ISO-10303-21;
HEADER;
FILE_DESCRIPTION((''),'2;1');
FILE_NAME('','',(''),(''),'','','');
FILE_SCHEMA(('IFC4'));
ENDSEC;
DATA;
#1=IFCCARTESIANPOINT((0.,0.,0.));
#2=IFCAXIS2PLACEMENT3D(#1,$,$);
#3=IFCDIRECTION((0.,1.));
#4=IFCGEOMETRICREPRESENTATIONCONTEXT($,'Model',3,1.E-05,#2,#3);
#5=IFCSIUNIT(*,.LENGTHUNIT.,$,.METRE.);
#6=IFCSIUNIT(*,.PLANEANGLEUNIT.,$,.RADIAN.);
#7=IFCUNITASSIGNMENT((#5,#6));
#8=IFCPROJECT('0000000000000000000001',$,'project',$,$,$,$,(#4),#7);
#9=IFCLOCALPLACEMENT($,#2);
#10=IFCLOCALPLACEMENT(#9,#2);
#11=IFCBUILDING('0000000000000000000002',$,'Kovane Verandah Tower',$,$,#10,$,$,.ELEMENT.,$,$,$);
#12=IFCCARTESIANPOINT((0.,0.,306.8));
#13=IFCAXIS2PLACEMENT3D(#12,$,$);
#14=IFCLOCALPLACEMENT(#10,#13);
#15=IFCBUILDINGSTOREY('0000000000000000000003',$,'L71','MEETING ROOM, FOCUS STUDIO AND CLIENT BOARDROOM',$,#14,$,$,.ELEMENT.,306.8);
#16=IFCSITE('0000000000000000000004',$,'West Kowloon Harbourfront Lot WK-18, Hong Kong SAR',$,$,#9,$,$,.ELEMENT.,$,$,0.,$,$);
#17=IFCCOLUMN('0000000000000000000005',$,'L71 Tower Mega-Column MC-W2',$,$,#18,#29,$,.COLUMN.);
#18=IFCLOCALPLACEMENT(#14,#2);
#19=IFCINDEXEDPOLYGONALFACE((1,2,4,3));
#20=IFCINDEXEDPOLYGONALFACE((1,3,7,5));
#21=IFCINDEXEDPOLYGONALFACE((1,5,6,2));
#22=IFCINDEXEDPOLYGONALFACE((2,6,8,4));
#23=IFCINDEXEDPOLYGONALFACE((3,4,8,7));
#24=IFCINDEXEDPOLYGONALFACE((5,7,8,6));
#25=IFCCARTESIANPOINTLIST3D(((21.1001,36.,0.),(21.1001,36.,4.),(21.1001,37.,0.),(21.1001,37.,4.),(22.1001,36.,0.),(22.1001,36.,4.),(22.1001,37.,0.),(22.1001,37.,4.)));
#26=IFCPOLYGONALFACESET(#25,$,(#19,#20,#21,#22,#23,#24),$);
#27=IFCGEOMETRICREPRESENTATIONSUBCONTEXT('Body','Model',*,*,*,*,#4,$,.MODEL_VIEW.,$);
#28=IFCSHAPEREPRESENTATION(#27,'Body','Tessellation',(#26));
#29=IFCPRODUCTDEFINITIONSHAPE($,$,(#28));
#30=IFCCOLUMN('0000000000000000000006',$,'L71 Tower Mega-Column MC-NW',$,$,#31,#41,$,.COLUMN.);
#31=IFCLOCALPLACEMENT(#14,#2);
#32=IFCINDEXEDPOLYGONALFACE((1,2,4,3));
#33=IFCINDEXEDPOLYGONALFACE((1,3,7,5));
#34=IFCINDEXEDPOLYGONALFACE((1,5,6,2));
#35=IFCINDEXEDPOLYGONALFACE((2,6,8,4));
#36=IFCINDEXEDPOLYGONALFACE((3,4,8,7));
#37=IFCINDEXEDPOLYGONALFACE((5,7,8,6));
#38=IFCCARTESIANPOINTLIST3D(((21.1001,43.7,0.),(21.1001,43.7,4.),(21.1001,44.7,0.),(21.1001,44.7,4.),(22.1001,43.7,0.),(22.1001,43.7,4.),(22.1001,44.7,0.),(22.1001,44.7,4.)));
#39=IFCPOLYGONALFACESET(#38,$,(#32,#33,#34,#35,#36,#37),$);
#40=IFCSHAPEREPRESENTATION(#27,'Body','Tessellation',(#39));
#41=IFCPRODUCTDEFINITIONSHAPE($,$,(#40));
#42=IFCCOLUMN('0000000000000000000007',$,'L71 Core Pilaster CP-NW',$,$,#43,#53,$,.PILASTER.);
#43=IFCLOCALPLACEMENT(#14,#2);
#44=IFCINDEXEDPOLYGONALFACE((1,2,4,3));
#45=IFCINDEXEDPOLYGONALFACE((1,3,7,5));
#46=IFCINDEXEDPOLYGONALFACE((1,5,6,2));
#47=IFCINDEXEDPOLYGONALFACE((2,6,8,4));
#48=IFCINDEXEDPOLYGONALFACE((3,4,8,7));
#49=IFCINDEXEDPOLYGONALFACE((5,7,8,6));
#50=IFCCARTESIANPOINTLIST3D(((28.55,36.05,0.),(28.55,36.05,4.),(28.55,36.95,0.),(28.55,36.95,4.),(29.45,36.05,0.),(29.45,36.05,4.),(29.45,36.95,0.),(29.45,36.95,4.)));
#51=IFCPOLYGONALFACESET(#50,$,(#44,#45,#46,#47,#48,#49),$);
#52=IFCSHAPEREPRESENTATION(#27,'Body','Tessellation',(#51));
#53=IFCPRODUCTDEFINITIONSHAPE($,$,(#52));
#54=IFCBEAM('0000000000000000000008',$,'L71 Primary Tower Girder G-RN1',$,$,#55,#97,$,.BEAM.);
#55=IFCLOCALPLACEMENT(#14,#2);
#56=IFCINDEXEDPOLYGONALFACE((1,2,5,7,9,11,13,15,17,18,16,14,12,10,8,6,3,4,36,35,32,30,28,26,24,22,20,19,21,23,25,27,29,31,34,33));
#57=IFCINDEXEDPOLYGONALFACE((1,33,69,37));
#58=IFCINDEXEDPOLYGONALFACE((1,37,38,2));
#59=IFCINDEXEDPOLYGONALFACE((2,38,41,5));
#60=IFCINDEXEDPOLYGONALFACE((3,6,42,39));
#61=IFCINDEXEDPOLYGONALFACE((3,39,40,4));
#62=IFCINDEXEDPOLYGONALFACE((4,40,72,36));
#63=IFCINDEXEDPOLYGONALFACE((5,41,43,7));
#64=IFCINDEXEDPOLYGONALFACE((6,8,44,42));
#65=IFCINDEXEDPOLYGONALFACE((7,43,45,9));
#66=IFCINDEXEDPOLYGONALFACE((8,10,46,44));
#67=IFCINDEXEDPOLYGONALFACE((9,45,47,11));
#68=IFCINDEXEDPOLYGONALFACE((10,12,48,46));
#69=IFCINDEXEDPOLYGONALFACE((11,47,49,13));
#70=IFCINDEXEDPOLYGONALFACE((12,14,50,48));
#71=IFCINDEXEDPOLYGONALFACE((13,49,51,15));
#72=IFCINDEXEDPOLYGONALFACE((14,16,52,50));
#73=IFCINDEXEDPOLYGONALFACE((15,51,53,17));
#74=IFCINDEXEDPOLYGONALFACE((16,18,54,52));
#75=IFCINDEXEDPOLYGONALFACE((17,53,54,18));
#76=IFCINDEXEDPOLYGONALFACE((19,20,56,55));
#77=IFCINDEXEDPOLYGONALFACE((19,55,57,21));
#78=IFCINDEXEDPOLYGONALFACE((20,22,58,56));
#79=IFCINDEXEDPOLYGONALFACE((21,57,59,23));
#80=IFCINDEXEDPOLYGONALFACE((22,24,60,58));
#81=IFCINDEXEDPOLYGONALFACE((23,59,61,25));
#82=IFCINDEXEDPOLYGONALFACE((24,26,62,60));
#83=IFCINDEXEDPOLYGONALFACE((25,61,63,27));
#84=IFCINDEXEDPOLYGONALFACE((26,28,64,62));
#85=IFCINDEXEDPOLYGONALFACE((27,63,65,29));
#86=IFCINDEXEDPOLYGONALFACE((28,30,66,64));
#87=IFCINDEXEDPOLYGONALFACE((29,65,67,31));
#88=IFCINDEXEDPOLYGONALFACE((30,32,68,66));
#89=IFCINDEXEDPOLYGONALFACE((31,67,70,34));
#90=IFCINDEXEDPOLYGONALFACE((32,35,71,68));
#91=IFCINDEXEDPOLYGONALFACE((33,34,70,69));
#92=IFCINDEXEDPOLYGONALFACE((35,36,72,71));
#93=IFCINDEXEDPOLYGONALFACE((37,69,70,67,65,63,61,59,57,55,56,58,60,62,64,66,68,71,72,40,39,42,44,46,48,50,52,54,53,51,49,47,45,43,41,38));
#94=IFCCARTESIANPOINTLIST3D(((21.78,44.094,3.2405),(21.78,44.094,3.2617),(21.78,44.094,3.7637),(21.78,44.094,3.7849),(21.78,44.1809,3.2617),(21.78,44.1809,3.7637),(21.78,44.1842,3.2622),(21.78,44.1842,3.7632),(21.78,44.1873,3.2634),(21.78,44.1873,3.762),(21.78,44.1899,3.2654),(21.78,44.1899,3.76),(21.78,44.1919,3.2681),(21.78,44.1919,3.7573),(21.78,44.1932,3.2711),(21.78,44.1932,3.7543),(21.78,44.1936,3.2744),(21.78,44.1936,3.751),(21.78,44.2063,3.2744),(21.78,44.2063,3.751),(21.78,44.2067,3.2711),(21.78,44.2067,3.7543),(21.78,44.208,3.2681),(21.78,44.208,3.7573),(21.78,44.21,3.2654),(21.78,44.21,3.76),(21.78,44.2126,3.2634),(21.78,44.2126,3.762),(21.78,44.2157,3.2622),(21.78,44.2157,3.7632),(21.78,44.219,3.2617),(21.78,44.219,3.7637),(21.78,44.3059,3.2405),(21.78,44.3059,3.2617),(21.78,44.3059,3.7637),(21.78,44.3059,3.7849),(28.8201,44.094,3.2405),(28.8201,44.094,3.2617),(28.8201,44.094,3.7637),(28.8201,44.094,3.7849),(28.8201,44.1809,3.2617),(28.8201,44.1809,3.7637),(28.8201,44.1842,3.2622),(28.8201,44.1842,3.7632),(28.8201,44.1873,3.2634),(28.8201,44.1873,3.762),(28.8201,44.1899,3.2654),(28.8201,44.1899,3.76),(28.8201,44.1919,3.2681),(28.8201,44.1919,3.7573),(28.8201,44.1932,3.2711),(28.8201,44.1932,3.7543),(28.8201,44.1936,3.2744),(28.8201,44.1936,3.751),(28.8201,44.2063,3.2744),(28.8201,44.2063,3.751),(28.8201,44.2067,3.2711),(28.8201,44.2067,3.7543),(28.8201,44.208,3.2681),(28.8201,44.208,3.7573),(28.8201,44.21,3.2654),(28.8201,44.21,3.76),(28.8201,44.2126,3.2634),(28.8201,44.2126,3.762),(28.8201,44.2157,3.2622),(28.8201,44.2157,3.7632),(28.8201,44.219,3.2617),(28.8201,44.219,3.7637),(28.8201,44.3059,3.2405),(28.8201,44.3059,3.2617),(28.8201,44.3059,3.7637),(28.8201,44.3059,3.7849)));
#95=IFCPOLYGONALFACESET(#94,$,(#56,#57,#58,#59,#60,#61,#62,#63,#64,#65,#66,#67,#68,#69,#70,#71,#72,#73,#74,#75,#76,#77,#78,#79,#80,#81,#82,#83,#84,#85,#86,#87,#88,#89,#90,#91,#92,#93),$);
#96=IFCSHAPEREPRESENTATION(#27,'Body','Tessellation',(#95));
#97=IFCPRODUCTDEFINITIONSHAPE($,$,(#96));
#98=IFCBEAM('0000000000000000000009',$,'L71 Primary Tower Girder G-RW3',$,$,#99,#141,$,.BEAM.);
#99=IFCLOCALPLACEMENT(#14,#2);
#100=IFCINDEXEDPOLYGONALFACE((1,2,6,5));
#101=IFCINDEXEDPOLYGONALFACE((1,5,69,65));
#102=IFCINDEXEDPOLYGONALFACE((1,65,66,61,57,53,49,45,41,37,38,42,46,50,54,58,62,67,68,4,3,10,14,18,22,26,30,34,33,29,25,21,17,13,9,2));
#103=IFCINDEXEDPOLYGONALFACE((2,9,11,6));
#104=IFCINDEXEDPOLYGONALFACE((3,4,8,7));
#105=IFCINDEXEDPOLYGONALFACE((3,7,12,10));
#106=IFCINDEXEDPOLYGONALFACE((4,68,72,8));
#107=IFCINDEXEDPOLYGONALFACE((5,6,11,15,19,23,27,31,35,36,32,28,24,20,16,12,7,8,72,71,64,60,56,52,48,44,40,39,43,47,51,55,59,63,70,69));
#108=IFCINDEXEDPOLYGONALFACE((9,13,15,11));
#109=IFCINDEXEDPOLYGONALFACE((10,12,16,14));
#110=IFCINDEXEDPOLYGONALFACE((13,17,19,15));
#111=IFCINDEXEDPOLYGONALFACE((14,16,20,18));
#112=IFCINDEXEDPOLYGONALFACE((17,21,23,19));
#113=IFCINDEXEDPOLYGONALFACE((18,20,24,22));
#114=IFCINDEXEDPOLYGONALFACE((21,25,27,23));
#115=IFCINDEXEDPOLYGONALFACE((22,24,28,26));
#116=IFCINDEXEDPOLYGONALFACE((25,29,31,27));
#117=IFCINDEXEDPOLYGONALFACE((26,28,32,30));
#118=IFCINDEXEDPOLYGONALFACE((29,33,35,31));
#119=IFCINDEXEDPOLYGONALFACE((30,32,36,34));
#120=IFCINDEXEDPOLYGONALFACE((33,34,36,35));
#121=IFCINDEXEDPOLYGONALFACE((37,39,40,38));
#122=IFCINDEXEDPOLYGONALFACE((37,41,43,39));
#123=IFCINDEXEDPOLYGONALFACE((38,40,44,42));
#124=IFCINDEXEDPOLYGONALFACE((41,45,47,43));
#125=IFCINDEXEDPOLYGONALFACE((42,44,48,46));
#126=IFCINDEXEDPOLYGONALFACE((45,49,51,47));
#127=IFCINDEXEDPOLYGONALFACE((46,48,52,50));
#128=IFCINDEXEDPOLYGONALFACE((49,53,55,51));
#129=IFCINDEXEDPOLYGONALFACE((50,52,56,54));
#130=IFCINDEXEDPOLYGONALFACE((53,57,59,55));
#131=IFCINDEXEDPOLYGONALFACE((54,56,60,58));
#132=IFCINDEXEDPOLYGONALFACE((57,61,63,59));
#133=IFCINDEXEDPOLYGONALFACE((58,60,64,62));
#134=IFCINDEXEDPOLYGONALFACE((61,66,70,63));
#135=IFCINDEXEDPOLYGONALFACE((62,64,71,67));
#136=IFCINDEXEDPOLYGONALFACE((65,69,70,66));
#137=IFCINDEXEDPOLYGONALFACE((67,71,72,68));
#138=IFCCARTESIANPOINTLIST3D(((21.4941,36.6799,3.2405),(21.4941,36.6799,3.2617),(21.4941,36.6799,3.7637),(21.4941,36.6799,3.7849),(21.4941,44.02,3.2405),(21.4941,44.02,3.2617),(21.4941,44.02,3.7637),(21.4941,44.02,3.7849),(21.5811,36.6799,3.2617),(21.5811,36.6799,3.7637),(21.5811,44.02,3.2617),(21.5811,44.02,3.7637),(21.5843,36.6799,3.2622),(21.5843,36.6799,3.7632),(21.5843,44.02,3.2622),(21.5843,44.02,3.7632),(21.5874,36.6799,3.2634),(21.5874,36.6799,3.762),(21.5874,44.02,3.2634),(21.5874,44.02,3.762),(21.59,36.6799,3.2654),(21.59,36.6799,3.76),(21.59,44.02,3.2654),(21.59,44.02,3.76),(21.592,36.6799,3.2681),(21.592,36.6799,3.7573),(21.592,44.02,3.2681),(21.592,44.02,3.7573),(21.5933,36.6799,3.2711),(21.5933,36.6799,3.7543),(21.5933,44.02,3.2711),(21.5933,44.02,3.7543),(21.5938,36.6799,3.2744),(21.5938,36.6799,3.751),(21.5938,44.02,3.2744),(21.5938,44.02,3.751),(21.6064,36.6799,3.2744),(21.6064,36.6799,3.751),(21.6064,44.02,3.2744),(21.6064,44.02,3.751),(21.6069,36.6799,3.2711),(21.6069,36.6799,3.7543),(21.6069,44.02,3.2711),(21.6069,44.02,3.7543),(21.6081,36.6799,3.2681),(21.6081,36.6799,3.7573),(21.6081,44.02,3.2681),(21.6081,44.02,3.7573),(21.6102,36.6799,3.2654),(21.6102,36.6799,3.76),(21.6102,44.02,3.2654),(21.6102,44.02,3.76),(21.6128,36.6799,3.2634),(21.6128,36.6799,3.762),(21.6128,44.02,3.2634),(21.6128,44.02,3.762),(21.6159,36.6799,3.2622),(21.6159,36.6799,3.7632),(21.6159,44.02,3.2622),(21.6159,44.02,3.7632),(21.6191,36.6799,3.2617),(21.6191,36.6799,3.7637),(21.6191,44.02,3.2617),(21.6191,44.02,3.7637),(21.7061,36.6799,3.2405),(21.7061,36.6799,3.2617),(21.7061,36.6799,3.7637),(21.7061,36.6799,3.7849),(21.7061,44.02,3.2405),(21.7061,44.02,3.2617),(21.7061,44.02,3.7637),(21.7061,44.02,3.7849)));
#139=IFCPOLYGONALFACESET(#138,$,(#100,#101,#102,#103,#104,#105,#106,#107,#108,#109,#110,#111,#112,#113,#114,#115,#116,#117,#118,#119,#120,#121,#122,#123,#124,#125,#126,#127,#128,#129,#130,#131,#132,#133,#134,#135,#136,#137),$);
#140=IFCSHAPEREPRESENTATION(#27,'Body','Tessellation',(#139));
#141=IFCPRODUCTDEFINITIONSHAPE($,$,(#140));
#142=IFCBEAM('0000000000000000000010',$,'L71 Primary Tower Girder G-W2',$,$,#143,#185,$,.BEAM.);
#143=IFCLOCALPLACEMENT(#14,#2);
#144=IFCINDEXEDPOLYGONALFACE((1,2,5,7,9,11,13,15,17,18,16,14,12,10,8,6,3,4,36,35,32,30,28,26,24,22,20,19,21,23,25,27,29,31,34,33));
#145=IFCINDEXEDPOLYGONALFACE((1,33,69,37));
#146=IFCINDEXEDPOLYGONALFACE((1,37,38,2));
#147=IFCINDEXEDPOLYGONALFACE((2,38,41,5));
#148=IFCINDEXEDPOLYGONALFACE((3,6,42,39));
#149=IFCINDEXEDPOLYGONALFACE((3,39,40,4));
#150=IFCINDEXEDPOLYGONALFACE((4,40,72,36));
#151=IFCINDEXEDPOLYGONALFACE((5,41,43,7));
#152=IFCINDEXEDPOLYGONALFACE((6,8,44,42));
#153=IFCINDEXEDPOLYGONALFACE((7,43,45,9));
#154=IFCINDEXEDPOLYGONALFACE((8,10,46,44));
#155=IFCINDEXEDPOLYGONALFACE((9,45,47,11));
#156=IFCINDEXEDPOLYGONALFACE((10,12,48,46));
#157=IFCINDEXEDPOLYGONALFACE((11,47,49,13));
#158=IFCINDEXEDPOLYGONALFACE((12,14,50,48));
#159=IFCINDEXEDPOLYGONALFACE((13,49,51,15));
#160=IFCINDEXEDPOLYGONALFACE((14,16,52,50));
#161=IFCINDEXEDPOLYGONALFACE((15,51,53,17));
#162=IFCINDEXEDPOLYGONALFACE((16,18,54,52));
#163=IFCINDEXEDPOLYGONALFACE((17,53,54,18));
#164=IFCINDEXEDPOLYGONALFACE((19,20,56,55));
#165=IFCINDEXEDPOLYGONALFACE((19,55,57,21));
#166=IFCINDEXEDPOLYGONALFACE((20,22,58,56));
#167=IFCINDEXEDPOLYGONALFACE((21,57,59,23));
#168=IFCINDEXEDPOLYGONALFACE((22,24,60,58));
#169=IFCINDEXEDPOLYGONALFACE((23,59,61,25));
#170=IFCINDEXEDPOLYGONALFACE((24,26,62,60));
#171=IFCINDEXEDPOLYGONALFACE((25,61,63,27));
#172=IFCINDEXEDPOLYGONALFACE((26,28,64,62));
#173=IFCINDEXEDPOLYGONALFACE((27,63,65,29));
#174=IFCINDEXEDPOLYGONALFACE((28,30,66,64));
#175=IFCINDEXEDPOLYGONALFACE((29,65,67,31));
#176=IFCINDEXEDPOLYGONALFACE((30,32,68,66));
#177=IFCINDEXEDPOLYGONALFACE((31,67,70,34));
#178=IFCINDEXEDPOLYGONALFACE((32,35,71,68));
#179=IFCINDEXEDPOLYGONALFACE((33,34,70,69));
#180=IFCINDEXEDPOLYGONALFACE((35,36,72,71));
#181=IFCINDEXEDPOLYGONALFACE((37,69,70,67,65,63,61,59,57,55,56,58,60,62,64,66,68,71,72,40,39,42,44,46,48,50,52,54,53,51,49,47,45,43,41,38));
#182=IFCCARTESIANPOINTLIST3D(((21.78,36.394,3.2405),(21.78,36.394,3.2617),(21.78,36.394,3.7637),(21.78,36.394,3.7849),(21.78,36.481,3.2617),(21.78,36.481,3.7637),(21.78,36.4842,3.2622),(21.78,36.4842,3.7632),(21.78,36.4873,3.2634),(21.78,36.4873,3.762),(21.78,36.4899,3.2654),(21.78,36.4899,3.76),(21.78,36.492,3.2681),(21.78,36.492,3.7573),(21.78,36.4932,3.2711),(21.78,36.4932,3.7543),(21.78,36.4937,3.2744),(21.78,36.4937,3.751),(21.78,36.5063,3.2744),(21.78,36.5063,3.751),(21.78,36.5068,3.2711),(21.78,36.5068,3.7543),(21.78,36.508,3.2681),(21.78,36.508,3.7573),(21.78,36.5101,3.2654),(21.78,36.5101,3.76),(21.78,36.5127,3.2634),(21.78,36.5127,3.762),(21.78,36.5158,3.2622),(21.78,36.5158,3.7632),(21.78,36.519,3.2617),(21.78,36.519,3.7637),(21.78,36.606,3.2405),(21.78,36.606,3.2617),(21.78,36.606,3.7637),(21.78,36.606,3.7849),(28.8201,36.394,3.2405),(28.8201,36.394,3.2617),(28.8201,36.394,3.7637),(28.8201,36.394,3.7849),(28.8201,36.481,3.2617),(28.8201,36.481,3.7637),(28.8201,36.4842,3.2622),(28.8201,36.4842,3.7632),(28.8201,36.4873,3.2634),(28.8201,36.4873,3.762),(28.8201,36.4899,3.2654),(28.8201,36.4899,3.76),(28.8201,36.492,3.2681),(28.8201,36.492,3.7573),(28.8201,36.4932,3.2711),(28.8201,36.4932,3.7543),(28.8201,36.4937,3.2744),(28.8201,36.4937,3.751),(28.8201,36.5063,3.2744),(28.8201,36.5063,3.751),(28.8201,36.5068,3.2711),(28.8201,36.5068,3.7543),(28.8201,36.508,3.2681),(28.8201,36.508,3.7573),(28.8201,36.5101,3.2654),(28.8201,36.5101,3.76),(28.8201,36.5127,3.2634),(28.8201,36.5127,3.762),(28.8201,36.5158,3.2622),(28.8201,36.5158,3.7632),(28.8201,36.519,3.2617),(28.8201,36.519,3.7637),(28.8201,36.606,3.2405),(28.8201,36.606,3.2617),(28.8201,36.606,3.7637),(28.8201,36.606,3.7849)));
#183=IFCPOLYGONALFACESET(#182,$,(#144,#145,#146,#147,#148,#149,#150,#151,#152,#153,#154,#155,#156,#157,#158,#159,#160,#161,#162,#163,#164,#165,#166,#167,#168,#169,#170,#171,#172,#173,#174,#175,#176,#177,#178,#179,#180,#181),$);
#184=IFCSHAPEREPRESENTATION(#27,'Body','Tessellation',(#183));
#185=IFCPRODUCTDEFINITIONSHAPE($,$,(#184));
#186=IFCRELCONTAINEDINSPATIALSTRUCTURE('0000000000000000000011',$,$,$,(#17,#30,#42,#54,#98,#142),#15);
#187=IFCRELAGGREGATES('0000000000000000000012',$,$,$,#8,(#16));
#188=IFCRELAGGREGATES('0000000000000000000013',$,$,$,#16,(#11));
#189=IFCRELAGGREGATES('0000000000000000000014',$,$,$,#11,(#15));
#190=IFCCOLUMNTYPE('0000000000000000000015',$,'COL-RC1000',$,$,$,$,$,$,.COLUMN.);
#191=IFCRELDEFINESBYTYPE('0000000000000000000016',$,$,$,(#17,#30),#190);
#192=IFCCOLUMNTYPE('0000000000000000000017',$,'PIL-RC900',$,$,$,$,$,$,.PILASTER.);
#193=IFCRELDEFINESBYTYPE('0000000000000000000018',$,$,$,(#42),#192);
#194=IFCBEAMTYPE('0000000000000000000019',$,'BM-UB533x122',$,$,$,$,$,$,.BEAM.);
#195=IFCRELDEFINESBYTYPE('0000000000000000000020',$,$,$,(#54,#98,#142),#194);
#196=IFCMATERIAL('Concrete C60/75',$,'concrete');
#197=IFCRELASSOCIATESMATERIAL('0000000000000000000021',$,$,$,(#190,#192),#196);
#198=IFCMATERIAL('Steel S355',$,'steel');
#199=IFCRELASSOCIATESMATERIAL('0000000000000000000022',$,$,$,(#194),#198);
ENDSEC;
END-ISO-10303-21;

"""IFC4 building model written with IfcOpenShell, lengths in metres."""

from ifc_helpers import new_model, si_unit, direction, frame, origin, origin_2d, place, context, subcontext, project, spatial, rectangle, i_section, extrude, material, material_profile, profile_set, type_object, element, save


model = new_model("IFC4")

# Units and contexts
model_context = context("Model", 3, precision=1e-05, world=origin(), true_north=direction((0.0, 1.0)))
body_context = subcontext(model_context, "Body", "Model", "MODEL_VIEW")
ifc_project = project(units=[si_unit("LENGTHUNIT", "METRE"), si_unit("PLANEANGLEUNIT", "RADIAN")], contexts=[model_context])

# Site, building, storey
site_placement = place(None, origin())
site = spatial("IfcSite", under=ifc_project, at=site_placement, Name="West Kowloon Harbourfront Lot WK-18, Hong Kong SAR", CompositionType="ELEMENT", RefElevation=0.0)
building_placement = place(site_placement, origin())
building = spatial("IfcBuilding", under=site, at=building_placement, Name="Kovane Verandah Tower", CompositionType="ELEMENT")
storey_placement = place(building_placement, frame((0.0, 0.0, 306.8)))
storey = spatial("IfcBuildingStorey", under=building, at=storey_placement, Name="L71", Description="MEETING ROOM, FOCUS STUDIO AND CLIENT BOARDROOM", CompositionType="ELEMENT", Elevation=306.8)

# Columns
ifc_material_1 = material(Name="Concrete C60/75", Category="concrete")
ifc_material_profile_1 = material_profile(ifc_material_1, rectangle(XDim=1.0, YDim=1.0, at=origin_2d()), Name="RC1000x1000")
ifc_profile_set_1 = profile_set([ifc_material_profile_1], Name="Concrete C60/75")
column_type_1 = type_object("IfcColumnType", Name="COL-RC1000", PredefinedType="COLUMN", material=ifc_profile_set_1)
for number, where, z_axis, x_axis, name in (
    (1, (21.6001, 36.5, 0.0), (0.0, 0.0, 1.0), (1.0, 0.0, 0.0), "L71 Tower Mega-Column MC-W2"),
    (2, (21.6001, 44.2, 0.0), (0.0, 0.0, 1.0), (1.0, 0.0, 0.0), "L71 Tower Mega-Column MC-NW"),
):
    element("IfcColumn", number, at=place(storey_placement, frame(where, z_axis=z_axis, x_axis=x_axis)), inside=storey, type_object=column_type_1, Name=name, PredefinedType="COLUMN", context=body_context, shape_type="SweptSolid", body=[
        extrude(rectangle(XDim=1.0, YDim=1.0, at=origin_2d()), origin(), (0.0, 0.0, 1.0), 4.0),
    ])
ifc_material_profile_2 = material_profile(ifc_material_1, rectangle(XDim=0.8999, YDim=0.8999, at=origin_2d()), Name="RC900x900")
ifc_profile_set_2 = profile_set([ifc_material_profile_2], Name="Concrete C60/75")
column_type_2 = type_object("IfcColumnType", Name="PIL-RC900", PredefinedType="PILASTER", material=ifc_profile_set_2)
column_placement = place(storey_placement, frame((29.0, 36.5, 0.0), z_axis=(0.0, 0.0, 1.0), x_axis=(1.0, 0.0, 0.0)))
element("IfcColumn", 3, at=column_placement, inside=storey, type_object=column_type_2, Name="L71 Core Pilaster CP-NW", PredefinedType="PILASTER", context=body_context, shape_type="SweptSolid", body=[
    extrude(rectangle(XDim=0.8999, YDim=0.8999, at=origin_2d()), origin(), (0.0, 0.0, 1.0), 4.0),
])

# Beams
ifc_material_2 = material(Name="Steel S355", Category="steel")
ifc_material_profile_3 = material_profile(ifc_material_2, i_section(OverallWidth=0.2119, OverallDepth=0.5444, WebThickness=0.0127, FlangeThickness=0.0212, FilletRadius=0.0127, at=origin_2d()), Name="UB533x210x122")
ifc_profile_set_3 = profile_set([ifc_material_profile_3], Name="Steel S355")
beam_type_1 = type_object("IfcBeamType", Name="BM-UB533x122", PredefinedType="BEAM", material=ifc_profile_set_3)
beam_1_placement = place(storey_placement, frame((21.78, 44.2, 3.5127), z_axis=(1.0, 0.0, 0.0), x_axis=(0.0, 1.0, 0.0)))
element("IfcBeam", 4, at=beam_1_placement, inside=storey, type_object=beam_type_1, Name="L71 Primary Tower Girder G-RN1", PredefinedType="BEAM", context=body_context, shape_type="SweptSolid", body=[
    extrude(i_section(OverallWidth=0.2119, OverallDepth=0.5444, WebThickness=0.0127, FlangeThickness=0.0212, FilletRadius=0.0127, at=origin_2d()), origin(), (0.0, 0.0, 1.0), 7.04),
])
beam_2_placement = place(storey_placement, frame((21.6001, 36.6799, 3.5127), z_axis=(0.0, 1.0, 0.0), x_axis=(-1.0, 0.0, 0.0)))
element("IfcBeam", 5, at=beam_2_placement, inside=storey, type_object=beam_type_1, Name="L71 Primary Tower Girder G-RW3", PredefinedType="BEAM", context=body_context, shape_type="SweptSolid", body=[
    extrude(i_section(OverallWidth=0.2119, OverallDepth=0.5444, WebThickness=0.0127, FlangeThickness=0.0212, FilletRadius=0.0127, at=origin_2d()), origin(), (0.0, 0.0, 1.0), 7.3401),
])
beam_3_placement = place(storey_placement, frame((28.8201, 36.5, 3.5127), z_axis=(-1.0, 0.0, 0.0), x_axis=(0.0, -1.0, 0.0)))
element("IfcBeam", 6, at=beam_3_placement, inside=storey, type_object=beam_type_1, Name="L71 Primary Tower Girder G-W2", PredefinedType="BEAM", context=body_context, shape_type="SweptSolid", body=[
    extrude(i_section(OverallWidth=0.2119, OverallDepth=0.5444, WebThickness=0.0127, FlangeThickness=0.0212, FilletRadius=0.0127, at=origin_2d()), origin(), (0.0, 0.0, 1.0), 7.04),
])

save(model, "model.ifc")
